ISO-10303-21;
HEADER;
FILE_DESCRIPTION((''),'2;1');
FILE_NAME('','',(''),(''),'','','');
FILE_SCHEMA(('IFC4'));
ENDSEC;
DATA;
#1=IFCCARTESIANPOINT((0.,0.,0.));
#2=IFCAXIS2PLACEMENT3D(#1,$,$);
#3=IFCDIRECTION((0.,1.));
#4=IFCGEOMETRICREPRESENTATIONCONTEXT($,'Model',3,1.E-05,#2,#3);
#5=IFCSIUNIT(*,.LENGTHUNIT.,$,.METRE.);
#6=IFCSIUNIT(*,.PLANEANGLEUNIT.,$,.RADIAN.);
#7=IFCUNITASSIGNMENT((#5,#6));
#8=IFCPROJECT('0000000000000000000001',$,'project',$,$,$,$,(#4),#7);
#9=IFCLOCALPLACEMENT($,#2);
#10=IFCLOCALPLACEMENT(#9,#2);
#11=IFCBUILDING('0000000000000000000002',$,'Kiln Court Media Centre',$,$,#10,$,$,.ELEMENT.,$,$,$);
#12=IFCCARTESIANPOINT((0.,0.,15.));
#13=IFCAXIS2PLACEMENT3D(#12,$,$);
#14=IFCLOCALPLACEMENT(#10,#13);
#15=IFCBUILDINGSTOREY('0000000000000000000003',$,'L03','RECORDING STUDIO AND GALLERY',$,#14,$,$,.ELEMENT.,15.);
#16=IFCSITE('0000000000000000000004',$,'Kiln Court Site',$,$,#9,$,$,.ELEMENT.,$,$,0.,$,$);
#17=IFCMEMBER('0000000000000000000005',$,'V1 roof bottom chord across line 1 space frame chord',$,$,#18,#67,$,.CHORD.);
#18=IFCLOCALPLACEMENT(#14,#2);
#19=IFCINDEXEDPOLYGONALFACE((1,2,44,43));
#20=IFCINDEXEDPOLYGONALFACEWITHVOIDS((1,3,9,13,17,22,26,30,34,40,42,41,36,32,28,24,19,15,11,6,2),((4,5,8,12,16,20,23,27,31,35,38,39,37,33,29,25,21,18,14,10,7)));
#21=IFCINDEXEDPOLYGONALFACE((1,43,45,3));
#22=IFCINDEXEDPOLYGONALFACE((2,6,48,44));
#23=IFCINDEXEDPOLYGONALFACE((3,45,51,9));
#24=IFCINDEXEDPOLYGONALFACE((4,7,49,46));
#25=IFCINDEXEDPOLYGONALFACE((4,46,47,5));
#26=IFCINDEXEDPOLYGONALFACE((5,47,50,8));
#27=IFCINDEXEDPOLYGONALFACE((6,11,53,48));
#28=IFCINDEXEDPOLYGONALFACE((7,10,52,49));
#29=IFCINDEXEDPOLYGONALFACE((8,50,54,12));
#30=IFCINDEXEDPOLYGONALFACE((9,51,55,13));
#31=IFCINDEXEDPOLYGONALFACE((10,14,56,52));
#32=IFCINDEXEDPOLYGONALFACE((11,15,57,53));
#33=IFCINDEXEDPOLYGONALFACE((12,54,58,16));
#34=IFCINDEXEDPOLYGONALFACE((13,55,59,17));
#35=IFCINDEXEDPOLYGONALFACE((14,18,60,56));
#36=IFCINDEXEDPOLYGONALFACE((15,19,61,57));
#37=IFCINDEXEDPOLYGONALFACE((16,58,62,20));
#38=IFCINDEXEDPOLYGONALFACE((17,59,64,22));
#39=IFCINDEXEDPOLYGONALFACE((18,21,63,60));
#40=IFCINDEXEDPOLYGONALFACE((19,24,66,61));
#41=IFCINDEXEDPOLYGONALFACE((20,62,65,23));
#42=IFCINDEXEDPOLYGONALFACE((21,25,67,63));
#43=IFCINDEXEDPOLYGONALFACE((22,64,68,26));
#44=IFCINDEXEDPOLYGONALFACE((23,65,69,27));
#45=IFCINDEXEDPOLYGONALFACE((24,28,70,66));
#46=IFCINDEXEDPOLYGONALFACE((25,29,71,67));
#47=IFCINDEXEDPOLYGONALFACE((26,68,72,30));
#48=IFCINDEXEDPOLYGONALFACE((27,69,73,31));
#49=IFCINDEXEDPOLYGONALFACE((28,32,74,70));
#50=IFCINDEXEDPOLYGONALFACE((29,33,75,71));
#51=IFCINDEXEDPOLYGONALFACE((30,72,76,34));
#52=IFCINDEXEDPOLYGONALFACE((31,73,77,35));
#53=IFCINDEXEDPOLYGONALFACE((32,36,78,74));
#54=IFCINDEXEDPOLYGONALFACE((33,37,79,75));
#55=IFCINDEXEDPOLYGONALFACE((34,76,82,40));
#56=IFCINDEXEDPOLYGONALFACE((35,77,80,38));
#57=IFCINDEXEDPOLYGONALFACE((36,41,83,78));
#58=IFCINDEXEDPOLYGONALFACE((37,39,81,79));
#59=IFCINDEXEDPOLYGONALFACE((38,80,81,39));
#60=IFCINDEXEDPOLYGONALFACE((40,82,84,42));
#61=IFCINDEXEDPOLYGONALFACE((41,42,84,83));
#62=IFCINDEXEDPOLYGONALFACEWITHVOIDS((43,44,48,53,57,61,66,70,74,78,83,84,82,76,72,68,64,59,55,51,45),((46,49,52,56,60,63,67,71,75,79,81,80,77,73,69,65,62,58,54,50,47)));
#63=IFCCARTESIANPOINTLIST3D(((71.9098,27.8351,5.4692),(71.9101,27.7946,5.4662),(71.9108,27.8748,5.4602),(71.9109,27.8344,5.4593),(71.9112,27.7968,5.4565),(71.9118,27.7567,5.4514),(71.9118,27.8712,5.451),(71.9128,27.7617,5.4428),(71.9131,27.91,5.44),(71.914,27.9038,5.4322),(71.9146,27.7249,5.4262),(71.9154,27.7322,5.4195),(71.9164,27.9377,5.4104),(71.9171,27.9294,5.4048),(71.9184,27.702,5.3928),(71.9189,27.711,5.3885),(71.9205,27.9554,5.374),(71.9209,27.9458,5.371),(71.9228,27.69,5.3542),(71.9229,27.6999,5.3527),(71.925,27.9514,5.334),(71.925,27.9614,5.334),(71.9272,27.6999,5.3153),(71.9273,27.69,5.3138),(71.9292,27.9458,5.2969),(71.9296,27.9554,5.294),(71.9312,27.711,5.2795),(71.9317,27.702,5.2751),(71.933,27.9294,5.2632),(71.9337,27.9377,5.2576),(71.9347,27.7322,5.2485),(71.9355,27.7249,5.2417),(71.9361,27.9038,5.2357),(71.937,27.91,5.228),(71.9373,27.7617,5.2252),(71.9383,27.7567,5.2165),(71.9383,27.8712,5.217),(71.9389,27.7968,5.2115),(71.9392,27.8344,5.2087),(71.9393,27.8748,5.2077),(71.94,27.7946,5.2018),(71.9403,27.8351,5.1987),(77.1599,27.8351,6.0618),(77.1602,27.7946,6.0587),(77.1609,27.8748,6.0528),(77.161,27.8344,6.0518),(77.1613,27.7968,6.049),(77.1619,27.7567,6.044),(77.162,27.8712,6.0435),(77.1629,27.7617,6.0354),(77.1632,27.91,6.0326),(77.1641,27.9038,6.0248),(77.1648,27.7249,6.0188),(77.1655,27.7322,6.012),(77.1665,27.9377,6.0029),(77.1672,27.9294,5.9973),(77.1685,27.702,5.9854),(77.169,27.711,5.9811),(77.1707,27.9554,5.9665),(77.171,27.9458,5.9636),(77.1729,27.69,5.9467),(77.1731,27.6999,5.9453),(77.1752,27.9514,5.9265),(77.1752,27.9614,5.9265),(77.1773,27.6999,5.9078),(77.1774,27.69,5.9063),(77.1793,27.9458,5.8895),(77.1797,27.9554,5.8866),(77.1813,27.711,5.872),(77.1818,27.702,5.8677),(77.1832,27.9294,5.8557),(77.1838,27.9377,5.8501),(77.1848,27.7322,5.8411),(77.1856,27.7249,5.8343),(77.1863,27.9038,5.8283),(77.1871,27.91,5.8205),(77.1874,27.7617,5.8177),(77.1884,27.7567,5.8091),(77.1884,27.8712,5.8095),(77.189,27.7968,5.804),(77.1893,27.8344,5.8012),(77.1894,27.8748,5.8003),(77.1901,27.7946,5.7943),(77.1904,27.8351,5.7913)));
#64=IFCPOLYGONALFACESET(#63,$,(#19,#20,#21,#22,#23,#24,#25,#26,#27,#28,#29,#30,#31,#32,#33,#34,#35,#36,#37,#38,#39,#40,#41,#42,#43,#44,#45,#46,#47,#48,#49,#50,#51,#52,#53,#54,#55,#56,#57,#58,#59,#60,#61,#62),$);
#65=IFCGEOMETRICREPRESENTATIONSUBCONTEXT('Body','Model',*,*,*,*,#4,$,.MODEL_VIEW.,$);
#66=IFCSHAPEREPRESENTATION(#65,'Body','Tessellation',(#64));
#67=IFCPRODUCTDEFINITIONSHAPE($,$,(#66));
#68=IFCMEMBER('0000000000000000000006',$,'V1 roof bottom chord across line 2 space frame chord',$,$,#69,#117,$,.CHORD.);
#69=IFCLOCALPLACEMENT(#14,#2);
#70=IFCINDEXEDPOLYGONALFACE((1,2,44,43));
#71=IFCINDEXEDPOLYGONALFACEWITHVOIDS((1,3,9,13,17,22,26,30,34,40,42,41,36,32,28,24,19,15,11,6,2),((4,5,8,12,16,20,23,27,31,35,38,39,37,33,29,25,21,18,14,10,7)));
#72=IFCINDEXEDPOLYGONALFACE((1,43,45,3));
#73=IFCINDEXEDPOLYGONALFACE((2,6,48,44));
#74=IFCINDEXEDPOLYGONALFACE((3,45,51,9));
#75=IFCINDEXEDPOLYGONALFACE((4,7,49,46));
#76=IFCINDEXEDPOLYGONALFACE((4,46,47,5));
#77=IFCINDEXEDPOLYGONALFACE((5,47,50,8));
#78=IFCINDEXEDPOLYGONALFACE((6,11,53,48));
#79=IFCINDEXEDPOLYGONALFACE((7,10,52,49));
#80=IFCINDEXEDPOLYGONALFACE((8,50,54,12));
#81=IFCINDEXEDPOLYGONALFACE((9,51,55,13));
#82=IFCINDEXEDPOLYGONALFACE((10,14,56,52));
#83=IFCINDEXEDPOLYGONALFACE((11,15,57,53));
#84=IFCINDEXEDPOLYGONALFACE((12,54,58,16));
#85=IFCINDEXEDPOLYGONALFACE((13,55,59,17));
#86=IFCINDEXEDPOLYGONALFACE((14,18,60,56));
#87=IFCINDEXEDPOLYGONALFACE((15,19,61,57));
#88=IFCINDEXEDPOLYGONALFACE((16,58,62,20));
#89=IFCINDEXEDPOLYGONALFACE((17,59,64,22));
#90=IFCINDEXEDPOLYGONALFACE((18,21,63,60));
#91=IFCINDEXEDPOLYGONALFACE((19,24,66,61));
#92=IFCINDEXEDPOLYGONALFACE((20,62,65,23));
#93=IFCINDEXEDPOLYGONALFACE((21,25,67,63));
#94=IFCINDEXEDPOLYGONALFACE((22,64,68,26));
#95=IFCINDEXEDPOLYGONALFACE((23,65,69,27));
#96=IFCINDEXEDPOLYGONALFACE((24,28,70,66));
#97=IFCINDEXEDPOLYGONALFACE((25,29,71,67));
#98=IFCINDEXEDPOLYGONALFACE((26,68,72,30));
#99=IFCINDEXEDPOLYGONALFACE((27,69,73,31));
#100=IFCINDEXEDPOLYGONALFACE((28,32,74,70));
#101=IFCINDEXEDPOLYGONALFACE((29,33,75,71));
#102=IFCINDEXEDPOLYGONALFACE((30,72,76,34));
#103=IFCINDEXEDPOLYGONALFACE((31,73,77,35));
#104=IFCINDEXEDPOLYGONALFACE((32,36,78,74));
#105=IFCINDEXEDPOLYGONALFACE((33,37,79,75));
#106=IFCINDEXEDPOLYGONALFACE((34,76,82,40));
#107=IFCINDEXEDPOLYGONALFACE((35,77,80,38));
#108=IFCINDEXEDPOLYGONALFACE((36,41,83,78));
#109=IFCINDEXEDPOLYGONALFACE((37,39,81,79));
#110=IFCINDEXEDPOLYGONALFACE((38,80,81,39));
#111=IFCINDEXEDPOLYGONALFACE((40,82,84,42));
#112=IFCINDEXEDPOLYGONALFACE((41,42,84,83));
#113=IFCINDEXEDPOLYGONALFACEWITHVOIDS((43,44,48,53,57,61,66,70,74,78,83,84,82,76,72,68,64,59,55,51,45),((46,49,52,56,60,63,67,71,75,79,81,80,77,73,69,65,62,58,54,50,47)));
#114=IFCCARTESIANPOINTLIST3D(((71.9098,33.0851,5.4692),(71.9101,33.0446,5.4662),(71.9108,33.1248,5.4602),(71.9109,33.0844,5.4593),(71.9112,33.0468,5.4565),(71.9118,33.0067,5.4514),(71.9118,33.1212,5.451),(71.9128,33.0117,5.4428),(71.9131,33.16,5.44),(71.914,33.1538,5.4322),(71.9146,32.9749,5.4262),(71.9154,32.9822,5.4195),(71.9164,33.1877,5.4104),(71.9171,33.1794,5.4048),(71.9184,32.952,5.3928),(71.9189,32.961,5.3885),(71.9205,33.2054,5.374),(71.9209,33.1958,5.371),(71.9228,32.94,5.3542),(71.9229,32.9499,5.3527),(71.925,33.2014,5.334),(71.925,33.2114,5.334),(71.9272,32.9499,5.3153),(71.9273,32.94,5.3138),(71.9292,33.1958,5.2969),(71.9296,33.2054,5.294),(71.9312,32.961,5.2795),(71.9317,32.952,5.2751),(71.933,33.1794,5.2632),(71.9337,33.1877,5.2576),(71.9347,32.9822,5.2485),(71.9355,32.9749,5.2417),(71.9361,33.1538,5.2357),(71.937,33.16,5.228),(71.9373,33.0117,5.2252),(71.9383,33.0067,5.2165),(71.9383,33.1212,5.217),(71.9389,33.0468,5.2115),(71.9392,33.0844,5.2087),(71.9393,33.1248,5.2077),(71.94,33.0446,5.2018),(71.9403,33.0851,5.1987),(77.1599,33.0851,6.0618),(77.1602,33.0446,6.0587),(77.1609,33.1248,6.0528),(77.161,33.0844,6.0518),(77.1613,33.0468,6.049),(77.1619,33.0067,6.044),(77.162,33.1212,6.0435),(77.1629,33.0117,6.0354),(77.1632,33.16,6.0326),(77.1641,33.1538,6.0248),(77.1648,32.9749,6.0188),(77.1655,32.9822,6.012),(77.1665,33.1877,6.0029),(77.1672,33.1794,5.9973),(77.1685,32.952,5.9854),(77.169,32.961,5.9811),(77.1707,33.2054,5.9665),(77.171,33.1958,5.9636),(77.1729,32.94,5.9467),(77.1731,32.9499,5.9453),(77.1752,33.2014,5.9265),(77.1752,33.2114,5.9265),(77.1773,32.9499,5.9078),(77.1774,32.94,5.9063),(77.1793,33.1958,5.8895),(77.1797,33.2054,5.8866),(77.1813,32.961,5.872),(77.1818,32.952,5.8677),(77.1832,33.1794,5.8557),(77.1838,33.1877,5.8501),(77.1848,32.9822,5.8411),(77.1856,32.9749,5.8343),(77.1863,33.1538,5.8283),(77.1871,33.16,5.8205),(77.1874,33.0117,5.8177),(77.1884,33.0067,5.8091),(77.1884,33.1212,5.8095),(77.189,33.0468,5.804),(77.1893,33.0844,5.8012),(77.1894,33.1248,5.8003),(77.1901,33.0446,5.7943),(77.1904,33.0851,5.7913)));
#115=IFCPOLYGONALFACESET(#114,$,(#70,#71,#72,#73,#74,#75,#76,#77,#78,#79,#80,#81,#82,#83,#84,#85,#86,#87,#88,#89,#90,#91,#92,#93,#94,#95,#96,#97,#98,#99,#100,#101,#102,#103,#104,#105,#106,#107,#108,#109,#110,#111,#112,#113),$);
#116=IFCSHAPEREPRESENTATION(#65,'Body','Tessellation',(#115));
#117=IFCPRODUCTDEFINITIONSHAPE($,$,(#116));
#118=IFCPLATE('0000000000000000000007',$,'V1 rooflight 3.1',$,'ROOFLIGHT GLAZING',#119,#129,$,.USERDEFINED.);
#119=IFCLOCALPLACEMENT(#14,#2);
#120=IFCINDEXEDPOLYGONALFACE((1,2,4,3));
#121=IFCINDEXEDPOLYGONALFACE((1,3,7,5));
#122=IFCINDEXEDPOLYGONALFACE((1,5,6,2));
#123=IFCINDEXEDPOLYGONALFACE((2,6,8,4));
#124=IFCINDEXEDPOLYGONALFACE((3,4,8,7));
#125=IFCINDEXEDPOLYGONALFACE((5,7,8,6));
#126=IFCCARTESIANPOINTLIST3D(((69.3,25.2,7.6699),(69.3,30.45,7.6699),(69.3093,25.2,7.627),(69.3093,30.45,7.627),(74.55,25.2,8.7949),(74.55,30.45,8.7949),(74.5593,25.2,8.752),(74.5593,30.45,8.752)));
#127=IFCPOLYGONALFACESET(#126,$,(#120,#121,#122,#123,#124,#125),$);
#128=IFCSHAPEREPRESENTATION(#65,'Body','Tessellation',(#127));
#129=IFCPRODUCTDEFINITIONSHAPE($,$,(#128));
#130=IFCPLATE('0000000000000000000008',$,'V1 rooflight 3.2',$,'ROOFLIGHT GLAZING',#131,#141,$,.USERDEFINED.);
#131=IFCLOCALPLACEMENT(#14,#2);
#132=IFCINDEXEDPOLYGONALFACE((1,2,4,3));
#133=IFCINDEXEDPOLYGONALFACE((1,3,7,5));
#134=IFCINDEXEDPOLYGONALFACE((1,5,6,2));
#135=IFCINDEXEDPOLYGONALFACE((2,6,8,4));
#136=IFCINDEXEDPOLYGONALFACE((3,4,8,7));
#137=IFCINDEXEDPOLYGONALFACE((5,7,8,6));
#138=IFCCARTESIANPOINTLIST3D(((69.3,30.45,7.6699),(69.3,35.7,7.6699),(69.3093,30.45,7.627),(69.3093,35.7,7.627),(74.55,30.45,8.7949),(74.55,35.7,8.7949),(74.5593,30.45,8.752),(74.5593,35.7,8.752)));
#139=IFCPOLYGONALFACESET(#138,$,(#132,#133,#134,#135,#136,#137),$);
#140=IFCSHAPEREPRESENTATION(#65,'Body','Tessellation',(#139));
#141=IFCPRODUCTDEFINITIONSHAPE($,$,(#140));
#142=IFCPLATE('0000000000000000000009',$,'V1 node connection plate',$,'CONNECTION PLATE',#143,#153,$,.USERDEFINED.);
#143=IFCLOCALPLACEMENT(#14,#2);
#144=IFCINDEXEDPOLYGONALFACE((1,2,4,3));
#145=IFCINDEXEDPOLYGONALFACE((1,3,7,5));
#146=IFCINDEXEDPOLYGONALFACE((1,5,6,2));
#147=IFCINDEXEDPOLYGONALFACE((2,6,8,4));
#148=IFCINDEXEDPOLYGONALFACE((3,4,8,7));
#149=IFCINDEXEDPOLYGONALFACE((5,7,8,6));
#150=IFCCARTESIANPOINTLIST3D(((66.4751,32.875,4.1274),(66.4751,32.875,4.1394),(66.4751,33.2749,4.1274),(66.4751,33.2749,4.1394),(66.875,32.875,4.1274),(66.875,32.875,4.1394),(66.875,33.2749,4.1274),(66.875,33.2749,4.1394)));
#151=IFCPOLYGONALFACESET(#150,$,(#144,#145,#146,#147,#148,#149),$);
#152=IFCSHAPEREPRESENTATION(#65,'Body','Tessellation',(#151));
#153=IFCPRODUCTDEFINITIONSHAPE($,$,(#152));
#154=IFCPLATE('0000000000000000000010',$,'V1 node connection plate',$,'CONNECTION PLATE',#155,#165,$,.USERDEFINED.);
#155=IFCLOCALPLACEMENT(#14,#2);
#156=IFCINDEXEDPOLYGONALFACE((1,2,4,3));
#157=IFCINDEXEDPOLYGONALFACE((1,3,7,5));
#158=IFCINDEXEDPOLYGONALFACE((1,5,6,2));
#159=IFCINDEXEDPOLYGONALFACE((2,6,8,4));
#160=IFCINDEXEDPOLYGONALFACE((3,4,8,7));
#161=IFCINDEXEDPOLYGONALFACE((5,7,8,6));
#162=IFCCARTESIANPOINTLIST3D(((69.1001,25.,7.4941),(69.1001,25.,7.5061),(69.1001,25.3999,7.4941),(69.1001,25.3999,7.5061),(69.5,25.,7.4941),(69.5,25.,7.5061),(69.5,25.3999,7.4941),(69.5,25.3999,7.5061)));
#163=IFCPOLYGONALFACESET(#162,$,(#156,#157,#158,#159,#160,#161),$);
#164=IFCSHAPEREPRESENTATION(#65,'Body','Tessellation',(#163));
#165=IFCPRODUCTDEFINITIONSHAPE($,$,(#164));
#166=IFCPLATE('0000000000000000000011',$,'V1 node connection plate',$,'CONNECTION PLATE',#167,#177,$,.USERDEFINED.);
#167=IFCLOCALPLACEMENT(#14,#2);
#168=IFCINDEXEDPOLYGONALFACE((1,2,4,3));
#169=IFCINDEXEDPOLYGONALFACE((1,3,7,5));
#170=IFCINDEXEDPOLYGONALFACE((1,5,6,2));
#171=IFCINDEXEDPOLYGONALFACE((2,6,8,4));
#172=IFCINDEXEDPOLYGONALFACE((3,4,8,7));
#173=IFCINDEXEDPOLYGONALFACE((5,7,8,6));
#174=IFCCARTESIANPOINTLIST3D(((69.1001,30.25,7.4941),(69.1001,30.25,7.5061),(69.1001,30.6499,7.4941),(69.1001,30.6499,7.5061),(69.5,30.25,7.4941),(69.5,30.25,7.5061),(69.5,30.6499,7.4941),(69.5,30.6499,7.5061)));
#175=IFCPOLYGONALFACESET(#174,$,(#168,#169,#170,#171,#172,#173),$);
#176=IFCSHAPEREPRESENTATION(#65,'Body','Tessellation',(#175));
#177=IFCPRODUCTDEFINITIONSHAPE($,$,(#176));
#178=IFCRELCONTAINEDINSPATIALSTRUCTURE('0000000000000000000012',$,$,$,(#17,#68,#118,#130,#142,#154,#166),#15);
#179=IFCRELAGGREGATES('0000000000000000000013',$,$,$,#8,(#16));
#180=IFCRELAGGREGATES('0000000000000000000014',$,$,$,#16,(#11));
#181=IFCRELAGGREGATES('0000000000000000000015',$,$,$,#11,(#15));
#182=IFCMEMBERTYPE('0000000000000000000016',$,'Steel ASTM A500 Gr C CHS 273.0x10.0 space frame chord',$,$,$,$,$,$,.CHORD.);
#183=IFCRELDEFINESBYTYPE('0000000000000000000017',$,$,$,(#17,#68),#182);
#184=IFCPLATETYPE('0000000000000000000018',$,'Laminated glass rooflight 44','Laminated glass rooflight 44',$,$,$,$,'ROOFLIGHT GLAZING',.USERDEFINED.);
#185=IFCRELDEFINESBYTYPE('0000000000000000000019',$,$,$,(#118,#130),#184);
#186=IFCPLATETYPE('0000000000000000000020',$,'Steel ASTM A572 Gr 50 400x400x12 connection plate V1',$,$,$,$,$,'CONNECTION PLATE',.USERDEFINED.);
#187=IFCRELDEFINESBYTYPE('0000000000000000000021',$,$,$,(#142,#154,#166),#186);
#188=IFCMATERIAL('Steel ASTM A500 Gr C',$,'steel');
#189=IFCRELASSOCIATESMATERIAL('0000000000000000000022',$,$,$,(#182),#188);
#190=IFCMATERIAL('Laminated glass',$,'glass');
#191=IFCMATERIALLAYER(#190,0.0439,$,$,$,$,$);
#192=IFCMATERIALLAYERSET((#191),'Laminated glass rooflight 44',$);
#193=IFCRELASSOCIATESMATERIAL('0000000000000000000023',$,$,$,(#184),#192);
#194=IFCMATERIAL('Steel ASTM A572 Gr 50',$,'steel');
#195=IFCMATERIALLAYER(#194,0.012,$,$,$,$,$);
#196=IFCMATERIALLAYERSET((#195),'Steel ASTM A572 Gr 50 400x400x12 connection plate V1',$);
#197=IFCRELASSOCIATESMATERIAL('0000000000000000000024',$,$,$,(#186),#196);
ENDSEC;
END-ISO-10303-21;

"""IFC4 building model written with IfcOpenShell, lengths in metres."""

from ifc_helpers import new_model, si_unit, direction, frame, origin, origin_2d, place, context, subcontext, project, spatial, polyline, rectangle, hollow_circle, outline, extrude, material, layer, layer_set, material_profile, profile_set, type_object, element, save


model = new_model("IFC4")

# Units and contexts
model_context = context("Model", 3, precision=1e-05, world=origin(), true_north=direction((0.0, 1.0)))
body_context = subcontext(model_context, "Body", "Model", "MODEL_VIEW")
ifc_project = project(units=[si_unit("LENGTHUNIT", "METRE"), si_unit("PLANEANGLEUNIT", "RADIAN")], contexts=[model_context])

# Site, building, storey
site_placement = place(None, origin())
site = spatial("IfcSite", under=ifc_project, at=site_placement, Name="Kiln Court Site", CompositionType="ELEMENT", RefElevation=0.0)
building_placement = place(site_placement, origin())
building = spatial("IfcBuilding", under=site, at=building_placement, Name="Kiln Court Media Centre", CompositionType="ELEMENT")
storey_placement = place(building_placement, frame((0.0, 0.0, 15.0)))
storey = spatial("IfcBuildingStorey", under=building, at=storey_placement, Name="L03", Description="RECORDING STUDIO AND GALLERY", CompositionType="ELEMENT", Elevation=15.0)

# Members
ifc_material_1 = material(Name="Steel ASTM A500 Gr C", Category="steel")
ifc_material_profile_1 = material_profile(ifc_material_1, hollow_circle(Radius=0.1365, WallThickness=0.01, at=origin_2d()), Name="CHS 273.0x10.0")
ifc_profile_set_1 = profile_set([ifc_material_profile_1], Name="Steel ASTM A500 Gr C")
member_type_1 = type_object("IfcMemberType", Name="Steel ASTM A500 Gr C CHS 273.0x10.0 space frame chord", PredefinedType="CHORD", material=ifc_profile_set_1)
for number, where, z_axis, x_axis, name in (
    (1, (71.925, 27.825, 5.334), (0.993691, 0.0, 0.112151), (0.0, 1.0, 0.0), "V1 roof bottom chord across line 1 space frame chord"),
    (2, (71.925, 33.075, 5.334), (0.993691, 0.0, 0.112151), (0.0, 1.0, 0.0), "V1 roof bottom chord across line 2 space frame chord"),
):
    element("IfcMember", number, at=place(storey_placement, frame(where, z_axis=z_axis, x_axis=x_axis)), inside=storey, type_object=member_type_1, Name=name, PredefinedType="CHORD", context=body_context, shape_type="SweptSolid", body=[
        extrude(hollow_circle(Radius=0.1365, WallThickness=0.01, at=origin_2d()), origin(), (0.0, 0.0, 1.0), 5.2834),
    ])

# Plates
ifc_material_2 = material(Name="Laminated glass", Category="glass")
ifc_layer_1 = layer(ifc_material_2, 0.0439)
ifc_layer_set_1 = layer_set([ifc_layer_1], Name="Laminated glass rooflight 44")
plate_type_1 = type_object("IfcPlateType", Name="Laminated glass rooflight 44", Description="Laminated glass rooflight 44", ElementType="ROOFLIGHT GLAZING", PredefinedType="USERDEFINED", material=ifc_layer_set_1)
for number, where, z_axis, x_axis, name in (
    (3, (69.3, 25.2, 7.6699), (-0.209529, 0.0, 0.977802), (0.977802, 0.0, 0.209529), "V1 rooflight 3.1"),
    (4, (69.3, 30.45, 7.6699), (-0.209529, 0.0, 0.977802), (0.977802, 0.0, 0.209529), "V1 rooflight 3.2"),
):
    element("IfcPlate", number, at=place(storey_placement, frame(where, z_axis=z_axis, x_axis=x_axis)), inside=storey, type_object=plate_type_1, Name=name, ObjectType="ROOFLIGHT GLAZING", PredefinedType="USERDEFINED", context=body_context, shape_type="SweptSolid", body=[
        extrude(outline(polyline([(0.0, 0.0), (5.3692, 0.0), (5.3692, 5.25), (0.0, 5.25), (0.0, 0.0)])), origin(), (0.0, 0.0, -1.0), 0.0439),
    ])
ifc_material_3 = material(Name="Steel ASTM A572 Gr 50", Category="steel")
ifc_layer_2 = layer(ifc_material_3, 0.012)
ifc_layer_set_2 = layer_set([ifc_layer_2], Name="Steel ASTM A572 Gr 50 400x400x12 connection plate V1")
plate_type_2 = type_object("IfcPlateType", Name="Steel ASTM A572 Gr 50 400x400x12 connection plate V1", ElementType="CONNECTION PLATE", PredefinedType="USERDEFINED", material=ifc_layer_set_2)
for number, where, z_axis, x_axis, name in (
    (5, (66.675, 33.075, 4.1274), (0.0, 0.0, 1.0), (1.0, 0.0, 0.0), "V1 node connection plate"),
    (6, (69.3, 25.2, 7.4941), (0.0, 0.0, 1.0), (1.0, 0.0, 0.0), "V1 node connection plate"),
    (7, (69.3, 30.45, 7.4941), (0.0, 0.0, 1.0), (1.0, 0.0, 0.0), "V1 node connection plate"),
):
    element("IfcPlate", number, at=place(storey_placement, frame(where, z_axis=z_axis, x_axis=x_axis)), inside=storey, type_object=plate_type_2, Name=name, ObjectType="CONNECTION PLATE", PredefinedType="USERDEFINED", context=body_context, shape_type="SweptSolid", body=[
        extrude(rectangle(XDim=0.3999, YDim=0.3999, at=origin_2d()), origin(), (0.0, 0.0, 1.0), 0.012),
    ])

save(model, "model.ifc")
